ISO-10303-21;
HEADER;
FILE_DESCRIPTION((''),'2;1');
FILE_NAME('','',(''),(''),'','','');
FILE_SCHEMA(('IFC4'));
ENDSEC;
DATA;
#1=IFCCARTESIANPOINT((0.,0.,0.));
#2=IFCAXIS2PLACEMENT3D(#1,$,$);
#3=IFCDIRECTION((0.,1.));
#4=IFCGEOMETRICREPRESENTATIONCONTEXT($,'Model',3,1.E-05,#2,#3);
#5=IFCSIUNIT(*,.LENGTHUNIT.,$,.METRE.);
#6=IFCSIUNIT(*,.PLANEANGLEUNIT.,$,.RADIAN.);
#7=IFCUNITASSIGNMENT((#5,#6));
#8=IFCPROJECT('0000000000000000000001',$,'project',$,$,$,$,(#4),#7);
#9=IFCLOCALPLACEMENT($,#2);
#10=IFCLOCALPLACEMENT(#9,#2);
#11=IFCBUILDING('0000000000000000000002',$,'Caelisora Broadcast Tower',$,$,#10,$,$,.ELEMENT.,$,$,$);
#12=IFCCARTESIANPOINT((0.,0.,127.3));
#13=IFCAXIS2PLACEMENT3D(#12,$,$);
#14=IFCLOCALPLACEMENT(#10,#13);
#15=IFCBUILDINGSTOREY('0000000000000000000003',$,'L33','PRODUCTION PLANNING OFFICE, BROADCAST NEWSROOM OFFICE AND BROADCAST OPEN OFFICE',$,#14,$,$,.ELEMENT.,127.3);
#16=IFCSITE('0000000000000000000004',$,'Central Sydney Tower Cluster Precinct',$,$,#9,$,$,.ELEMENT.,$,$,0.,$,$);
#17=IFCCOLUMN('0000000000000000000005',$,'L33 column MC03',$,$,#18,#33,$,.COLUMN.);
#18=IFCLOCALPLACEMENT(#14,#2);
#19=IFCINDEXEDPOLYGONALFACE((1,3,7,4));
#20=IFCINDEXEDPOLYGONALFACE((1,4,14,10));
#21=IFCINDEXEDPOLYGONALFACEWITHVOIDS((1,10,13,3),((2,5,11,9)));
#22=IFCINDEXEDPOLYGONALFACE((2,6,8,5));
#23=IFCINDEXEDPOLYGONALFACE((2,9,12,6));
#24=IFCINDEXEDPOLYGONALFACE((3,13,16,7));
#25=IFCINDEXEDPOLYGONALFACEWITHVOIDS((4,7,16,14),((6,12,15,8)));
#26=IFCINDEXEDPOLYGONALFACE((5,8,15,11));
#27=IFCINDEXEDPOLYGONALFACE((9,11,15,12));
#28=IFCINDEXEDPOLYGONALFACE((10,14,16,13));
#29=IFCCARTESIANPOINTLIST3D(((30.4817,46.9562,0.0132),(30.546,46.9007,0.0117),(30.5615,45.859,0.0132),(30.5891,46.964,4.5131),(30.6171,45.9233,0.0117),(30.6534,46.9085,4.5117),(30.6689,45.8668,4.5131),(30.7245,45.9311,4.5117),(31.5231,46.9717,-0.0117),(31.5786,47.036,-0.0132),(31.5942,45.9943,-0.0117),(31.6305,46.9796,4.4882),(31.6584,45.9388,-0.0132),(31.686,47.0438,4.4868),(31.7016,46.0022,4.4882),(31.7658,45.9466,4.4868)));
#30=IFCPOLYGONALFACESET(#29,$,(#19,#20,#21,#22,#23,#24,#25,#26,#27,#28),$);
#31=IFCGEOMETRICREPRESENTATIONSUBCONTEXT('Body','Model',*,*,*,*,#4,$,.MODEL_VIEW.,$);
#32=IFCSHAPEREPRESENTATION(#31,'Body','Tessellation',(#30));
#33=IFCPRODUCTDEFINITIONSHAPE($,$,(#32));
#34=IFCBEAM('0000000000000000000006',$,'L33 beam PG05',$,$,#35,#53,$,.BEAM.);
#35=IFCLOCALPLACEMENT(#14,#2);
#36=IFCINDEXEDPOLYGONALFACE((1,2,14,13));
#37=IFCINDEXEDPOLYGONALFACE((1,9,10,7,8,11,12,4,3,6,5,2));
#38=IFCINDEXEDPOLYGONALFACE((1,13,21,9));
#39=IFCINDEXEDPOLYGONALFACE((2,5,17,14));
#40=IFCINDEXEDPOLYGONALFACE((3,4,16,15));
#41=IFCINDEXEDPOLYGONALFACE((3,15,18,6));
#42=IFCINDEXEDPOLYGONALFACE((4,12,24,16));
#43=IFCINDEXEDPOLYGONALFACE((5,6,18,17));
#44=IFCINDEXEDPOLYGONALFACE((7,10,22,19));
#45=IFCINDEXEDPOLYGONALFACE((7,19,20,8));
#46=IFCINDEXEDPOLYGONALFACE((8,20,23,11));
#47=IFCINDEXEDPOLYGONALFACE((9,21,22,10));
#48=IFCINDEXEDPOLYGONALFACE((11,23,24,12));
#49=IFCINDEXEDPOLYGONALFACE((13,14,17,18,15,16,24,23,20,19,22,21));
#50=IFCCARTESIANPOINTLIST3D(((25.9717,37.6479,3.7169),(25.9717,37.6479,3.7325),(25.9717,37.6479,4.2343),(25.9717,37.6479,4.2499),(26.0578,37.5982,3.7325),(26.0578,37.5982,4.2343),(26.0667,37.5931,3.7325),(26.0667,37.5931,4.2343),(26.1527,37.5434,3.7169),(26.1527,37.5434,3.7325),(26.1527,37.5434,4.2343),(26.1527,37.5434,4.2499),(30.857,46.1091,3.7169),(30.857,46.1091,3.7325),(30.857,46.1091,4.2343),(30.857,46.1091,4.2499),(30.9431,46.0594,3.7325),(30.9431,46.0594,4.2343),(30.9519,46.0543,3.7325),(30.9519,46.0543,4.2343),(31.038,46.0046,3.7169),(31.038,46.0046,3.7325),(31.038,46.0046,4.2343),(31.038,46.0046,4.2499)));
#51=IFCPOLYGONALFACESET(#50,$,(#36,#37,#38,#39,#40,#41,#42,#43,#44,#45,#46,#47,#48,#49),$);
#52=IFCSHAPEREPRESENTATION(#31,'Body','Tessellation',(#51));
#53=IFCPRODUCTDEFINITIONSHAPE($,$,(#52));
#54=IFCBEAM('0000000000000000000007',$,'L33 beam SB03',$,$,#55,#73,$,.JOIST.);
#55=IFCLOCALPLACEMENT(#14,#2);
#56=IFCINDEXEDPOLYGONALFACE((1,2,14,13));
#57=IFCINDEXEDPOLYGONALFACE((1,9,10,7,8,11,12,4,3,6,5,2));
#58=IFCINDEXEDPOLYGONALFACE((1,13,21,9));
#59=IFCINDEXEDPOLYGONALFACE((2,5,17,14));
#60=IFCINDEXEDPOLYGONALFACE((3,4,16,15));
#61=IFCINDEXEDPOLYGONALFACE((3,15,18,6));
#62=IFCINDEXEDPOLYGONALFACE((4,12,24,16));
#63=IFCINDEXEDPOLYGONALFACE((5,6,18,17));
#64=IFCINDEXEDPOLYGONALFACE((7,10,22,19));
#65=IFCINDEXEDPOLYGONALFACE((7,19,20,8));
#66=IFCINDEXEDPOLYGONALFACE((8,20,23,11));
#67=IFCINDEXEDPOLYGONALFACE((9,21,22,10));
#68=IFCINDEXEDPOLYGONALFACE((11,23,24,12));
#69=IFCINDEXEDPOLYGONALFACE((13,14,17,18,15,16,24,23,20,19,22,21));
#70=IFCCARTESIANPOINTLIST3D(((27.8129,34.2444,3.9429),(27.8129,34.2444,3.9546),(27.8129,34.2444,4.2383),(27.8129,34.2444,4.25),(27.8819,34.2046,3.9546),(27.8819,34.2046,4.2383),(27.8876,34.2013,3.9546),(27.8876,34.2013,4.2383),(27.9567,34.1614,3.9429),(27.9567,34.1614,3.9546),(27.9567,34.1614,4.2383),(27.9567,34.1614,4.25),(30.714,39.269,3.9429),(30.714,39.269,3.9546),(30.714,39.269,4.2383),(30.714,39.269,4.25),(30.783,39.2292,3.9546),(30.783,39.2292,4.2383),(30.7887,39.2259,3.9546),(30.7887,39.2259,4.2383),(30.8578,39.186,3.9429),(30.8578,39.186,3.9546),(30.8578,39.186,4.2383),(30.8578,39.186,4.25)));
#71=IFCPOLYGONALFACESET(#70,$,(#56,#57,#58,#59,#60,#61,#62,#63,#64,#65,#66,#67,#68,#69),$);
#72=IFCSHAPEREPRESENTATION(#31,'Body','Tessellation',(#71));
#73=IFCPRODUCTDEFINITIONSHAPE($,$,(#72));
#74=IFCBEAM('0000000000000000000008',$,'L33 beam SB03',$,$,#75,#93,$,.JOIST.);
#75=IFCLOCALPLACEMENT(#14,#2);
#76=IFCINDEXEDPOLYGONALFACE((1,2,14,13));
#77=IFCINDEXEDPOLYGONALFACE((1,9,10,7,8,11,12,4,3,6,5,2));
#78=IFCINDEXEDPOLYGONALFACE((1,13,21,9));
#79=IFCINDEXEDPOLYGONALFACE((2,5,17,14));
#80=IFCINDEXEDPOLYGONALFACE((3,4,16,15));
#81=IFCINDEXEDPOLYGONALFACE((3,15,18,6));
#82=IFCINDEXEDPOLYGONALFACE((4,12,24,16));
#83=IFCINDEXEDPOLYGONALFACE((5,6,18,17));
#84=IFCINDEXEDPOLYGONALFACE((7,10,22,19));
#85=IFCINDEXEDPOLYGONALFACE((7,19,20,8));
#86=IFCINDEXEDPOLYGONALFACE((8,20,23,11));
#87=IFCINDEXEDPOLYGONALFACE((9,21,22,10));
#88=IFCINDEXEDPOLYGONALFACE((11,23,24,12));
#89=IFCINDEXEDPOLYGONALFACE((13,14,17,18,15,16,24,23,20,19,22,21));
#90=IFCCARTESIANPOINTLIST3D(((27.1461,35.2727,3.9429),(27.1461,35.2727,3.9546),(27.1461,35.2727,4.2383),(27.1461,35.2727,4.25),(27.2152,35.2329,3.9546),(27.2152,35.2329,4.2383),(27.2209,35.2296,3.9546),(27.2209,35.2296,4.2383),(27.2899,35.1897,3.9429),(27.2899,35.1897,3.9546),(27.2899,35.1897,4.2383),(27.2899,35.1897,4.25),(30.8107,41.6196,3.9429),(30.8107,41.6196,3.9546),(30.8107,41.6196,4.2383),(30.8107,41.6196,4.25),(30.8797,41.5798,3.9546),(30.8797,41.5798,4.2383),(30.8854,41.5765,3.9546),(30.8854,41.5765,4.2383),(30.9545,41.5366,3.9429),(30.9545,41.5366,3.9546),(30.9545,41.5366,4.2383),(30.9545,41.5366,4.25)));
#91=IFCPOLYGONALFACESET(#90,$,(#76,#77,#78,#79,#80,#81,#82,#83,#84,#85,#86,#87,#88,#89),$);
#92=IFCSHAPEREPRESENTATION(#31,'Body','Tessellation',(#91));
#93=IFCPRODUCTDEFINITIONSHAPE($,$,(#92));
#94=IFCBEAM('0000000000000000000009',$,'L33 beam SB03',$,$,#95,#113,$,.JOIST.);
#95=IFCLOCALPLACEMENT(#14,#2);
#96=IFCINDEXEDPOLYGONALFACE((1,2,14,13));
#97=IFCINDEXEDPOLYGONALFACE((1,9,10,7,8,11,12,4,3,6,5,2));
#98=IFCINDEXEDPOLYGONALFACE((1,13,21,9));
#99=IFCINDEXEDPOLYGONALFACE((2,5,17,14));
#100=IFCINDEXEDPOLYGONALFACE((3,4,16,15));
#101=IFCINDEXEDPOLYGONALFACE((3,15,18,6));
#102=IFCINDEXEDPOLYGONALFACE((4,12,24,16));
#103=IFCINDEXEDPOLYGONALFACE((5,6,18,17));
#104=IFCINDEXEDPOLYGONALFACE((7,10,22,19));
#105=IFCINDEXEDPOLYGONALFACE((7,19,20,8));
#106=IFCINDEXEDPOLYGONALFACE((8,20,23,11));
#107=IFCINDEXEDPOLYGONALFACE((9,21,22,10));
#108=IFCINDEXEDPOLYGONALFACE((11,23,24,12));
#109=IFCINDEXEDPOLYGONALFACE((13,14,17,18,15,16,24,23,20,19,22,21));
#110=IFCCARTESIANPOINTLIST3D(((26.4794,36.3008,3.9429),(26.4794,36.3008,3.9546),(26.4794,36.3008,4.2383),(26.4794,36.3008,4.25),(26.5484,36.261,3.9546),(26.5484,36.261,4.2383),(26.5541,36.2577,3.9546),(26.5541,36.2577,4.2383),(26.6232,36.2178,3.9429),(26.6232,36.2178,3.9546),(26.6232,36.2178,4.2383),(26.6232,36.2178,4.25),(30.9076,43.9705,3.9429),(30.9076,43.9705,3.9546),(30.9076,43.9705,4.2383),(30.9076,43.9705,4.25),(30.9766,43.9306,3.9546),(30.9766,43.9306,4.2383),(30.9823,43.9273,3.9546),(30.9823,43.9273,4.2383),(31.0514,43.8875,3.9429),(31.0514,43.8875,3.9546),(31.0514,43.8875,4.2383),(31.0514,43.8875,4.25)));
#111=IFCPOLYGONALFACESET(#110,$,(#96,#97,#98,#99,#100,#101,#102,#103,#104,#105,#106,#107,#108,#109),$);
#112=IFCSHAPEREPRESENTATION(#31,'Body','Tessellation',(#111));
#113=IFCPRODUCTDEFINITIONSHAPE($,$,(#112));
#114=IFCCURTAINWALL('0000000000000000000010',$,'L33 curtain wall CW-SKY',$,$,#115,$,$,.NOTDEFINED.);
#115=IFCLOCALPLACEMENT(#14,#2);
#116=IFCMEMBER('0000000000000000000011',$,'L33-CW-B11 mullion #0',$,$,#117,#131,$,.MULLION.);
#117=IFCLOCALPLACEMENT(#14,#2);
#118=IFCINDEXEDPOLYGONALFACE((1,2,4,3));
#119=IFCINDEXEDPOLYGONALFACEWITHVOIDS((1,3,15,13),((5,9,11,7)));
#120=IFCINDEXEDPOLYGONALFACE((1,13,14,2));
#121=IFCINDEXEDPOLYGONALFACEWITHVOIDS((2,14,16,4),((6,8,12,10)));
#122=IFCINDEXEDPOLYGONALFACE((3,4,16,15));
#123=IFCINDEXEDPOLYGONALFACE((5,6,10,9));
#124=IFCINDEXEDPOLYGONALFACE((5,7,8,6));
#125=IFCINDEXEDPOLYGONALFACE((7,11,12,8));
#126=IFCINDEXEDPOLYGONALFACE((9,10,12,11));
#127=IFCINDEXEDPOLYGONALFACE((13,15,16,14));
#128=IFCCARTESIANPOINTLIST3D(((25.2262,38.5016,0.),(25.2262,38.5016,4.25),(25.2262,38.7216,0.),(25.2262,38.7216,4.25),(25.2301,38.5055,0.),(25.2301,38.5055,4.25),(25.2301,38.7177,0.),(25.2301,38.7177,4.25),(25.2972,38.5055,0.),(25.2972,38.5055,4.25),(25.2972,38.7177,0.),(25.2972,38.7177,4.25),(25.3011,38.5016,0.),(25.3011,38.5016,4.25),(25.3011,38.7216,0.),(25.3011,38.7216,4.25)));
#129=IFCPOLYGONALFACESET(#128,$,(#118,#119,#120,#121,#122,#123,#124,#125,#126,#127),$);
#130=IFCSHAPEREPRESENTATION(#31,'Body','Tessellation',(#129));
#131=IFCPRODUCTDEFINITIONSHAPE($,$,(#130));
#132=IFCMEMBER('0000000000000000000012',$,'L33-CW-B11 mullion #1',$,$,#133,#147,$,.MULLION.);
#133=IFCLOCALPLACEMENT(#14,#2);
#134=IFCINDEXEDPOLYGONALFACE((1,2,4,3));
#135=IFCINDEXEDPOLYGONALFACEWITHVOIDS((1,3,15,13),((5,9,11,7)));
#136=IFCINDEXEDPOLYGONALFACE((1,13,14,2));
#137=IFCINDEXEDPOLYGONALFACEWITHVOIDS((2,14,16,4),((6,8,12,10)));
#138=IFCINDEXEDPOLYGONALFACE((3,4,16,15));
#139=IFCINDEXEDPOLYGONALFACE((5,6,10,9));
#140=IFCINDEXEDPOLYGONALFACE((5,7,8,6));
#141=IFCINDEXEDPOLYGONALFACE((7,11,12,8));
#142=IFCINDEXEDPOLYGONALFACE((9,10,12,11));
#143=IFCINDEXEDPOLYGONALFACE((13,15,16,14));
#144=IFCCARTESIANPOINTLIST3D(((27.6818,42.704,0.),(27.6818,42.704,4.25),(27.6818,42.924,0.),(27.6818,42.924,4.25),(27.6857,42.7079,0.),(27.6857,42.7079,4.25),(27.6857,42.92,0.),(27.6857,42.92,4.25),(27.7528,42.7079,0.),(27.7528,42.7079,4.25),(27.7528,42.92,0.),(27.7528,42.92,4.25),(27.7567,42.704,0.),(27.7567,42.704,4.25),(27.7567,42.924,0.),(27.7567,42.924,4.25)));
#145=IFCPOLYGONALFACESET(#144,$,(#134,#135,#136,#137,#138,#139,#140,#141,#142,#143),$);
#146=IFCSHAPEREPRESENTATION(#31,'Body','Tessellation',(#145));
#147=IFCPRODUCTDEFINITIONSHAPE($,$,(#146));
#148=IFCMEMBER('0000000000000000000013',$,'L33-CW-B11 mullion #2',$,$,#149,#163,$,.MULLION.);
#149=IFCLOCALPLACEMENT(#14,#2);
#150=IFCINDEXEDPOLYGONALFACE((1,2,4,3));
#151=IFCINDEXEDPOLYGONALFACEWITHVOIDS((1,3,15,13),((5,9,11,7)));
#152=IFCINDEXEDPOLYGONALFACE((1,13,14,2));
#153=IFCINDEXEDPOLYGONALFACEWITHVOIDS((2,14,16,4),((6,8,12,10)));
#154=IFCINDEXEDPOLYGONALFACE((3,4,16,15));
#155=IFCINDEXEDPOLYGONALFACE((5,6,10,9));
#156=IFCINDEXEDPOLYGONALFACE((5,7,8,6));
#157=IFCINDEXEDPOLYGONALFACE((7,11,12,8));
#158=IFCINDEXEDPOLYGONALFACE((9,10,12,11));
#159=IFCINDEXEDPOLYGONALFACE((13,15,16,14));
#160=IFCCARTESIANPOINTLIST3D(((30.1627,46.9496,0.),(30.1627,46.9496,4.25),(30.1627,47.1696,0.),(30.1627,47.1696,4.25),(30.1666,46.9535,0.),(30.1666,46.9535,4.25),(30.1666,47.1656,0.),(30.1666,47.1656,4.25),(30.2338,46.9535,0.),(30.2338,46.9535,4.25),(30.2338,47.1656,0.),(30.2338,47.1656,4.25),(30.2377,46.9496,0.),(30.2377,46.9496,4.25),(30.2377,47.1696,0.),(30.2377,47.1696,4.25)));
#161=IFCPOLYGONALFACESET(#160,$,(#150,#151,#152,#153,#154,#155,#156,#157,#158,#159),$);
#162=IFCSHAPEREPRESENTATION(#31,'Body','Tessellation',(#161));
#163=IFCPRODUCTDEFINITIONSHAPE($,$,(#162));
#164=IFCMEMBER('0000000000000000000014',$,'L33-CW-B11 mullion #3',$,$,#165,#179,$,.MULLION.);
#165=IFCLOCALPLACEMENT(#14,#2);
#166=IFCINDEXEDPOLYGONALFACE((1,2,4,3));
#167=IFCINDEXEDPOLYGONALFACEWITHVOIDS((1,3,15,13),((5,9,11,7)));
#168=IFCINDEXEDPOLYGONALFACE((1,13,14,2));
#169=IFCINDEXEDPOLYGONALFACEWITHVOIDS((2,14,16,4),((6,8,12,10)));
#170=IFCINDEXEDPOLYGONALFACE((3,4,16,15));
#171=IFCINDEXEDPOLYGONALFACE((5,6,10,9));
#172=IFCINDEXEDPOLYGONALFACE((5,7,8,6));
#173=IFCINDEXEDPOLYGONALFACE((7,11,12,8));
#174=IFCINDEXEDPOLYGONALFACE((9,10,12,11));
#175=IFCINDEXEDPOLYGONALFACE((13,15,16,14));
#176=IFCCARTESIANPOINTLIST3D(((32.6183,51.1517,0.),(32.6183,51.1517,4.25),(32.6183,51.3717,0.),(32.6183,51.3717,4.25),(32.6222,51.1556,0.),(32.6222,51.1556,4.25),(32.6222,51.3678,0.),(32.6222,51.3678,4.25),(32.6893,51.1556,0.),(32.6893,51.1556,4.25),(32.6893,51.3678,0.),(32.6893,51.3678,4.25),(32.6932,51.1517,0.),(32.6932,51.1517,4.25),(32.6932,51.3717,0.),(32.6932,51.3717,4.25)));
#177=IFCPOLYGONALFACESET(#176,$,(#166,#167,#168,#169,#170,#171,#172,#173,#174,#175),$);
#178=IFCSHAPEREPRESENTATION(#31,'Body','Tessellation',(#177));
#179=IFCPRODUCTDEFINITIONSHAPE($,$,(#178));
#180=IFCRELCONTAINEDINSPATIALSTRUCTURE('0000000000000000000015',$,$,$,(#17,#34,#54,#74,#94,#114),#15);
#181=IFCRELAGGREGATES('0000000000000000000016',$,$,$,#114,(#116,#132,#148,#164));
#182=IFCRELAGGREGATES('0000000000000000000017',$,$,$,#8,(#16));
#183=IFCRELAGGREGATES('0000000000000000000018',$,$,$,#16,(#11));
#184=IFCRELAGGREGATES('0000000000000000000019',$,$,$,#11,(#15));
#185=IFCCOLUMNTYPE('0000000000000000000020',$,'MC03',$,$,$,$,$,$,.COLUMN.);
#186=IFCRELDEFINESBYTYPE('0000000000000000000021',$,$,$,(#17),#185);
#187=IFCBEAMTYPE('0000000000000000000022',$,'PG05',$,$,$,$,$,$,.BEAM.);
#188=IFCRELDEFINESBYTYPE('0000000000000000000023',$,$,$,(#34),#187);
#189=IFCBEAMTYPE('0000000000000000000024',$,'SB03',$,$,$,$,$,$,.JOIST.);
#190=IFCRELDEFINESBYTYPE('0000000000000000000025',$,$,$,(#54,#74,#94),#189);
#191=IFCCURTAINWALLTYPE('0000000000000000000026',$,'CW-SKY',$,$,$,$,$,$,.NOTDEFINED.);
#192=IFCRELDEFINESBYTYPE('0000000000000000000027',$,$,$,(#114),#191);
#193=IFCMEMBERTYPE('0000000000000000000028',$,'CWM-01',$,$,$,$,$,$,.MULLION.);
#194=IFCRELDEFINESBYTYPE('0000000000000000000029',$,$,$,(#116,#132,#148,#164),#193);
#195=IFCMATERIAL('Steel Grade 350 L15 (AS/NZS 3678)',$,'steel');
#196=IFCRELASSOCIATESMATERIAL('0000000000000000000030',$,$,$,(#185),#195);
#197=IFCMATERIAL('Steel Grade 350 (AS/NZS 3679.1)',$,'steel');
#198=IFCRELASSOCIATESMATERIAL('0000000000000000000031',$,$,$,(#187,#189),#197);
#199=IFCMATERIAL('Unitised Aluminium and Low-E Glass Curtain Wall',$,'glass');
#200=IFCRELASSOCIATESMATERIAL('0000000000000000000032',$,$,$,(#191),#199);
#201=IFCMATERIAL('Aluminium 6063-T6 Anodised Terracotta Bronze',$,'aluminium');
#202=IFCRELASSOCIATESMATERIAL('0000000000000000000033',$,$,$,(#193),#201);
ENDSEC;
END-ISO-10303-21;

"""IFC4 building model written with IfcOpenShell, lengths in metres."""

from ifc_helpers import new_model, si_unit, direction, frame, origin, origin_2d, place, context, subcontext, project, spatial, hollow_rectangle, i_section, extrude, source, transform, mapped, material, material_profile, profile_set, type_object, type_shapes, element, aggregate, save


model = new_model("IFC4")

# Units and contexts
model_context = context("Model", 3, precision=1e-05, world=origin(), true_north=direction((0.0, 1.0)))
body_context = subcontext(model_context, "Body", "Model", "MODEL_VIEW")
ifc_project = project(units=[si_unit("LENGTHUNIT", "METRE"), si_unit("PLANEANGLEUNIT", "RADIAN")], contexts=[model_context])

# Site, building, storey
site_placement = place(None, origin())
site = spatial("IfcSite", under=ifc_project, at=site_placement, Name="Central Sydney Tower Cluster Precinct", CompositionType="ELEMENT", RefElevation=0.0)
building_placement = place(site_placement, origin())
building = spatial("IfcBuilding", under=site, at=building_placement, Name="Caelisora Broadcast Tower", CompositionType="ELEMENT")
storey_placement = place(building_placement, frame((0.0, 0.0, 127.3)))
storey = spatial("IfcBuildingStorey", under=building, at=storey_placement, Name="L33", Description="PRODUCTION PLANNING OFFICE, BROADCAST NEWSROOM OFFICE AND BROADCAST OPEN OFFICE", CompositionType="ELEMENT", Elevation=127.3)

# Column
ifc_material_1 = material(Name="Steel Grade 350 L15 (AS/NZS 3678)", Category="steel")
ifc_material_profile_1 = material_profile(ifc_material_1, hollow_rectangle(XDim=1.1001, YDim=1.1001, WallThickness=0.0601, at=origin_2d()), Name="Steel Grade 350 L15 (AS/NZS 3678)")
ifc_profile_set_1 = profile_set([ifc_material_profile_1], Name="Steel Grade 350 L15 (AS/NZS 3678)")
column_type = type_object("IfcColumnType", Name="MC03", PredefinedType="COLUMN", material=ifc_profile_set_1)
shared_shape_1 = source(origin(), body_context, "Body", "SweptSolid", [
    extrude(hollow_rectangle(XDim=1.1001, YDim=1.1001, WallThickness=0.0601, at=origin_2d()), origin(), (0.0, 0.0, 1.0), 4.5012),
])
type_shapes(column_type, [shared_shape_1])
column_placement = place(storey_placement, frame((31.0701, 46.4475, 0.0), z_axis=(0.023865, 0.001736, 0.999714), x_axis=(-0.072536, 0.997366, 0.0)))
element("IfcColumn", 1, at=column_placement, inside=storey, type_object=column_type, Name="L33 column MC03", PredefinedType="COLUMN", context=body_context, shape_type="MappedRepresentation", body=[
    mapped(shared_shape_1, transform((0.0, 0.0, 0.0), scale=1.0)),
])

# Beams
ifc_material_2 = material(Name="Steel Grade 350 (AS/NZS 3679.1)", Category="steel")
ifc_material_profile_2 = material_profile(ifc_material_2, i_section(OverallWidth=0.209, OverallDepth=0.533, WebThickness=0.0103, FlangeThickness=0.0156, at=origin_2d()), Name="Steel Grade 350 (AS/NZS 3679.1)")
ifc_profile_set_2 = profile_set([ifc_material_profile_2], Name="Steel Grade 350 (AS/NZS 3679.1)")
beam_type_1 = type_object("IfcBeamType", Name="PG05", PredefinedType="BEAM", material=ifc_profile_set_2)
shared_shape_2 = source(origin(), body_context, "Body", "SweptSolid", [
    extrude(i_section(OverallWidth=0.209, OverallDepth=0.533, WebThickness=0.0103, FlangeThickness=0.0156, at=origin_2d()), origin(), (0.0, 0.0, 1.0), 9.7703),
])
type_shapes(beam_type_1, [shared_shape_2])
beam_1_placement = place(storey_placement, frame((30.9475, 46.0569, 3.9834), z_axis=(-0.500014, -0.866017, 0.0), x_axis=(0.866017, -0.500014, 0.0)))
element("IfcBeam", 2, at=beam_1_placement, inside=storey, type_object=beam_type_1, Name="L33 beam PG05", PredefinedType="BEAM", context=body_context, shape_type="MappedRepresentation", body=[
    mapped(shared_shape_2, transform((0.0, 0.0, 0.0), scale=1.0)),
])
ifc_material_profile_3 = material_profile(ifc_material_2, i_section(OverallWidth=0.166, OverallDepth=0.3071, WebThickness=0.0066, FlangeThickness=0.0117, at=origin_2d()), Name="Steel Grade 350 (AS/NZS 3679.1)")
ifc_profile_set_3 = profile_set([ifc_material_profile_3], Name="Steel Grade 350 (AS/NZS 3679.1)")
beam_type_2 = type_object("IfcBeamType", Name="SB03", PredefinedType="JOIST", material=ifc_profile_set_3)
shared_shape_3 = source(origin(), body_context, "Body", "SweptSolid", [
    extrude(i_section(OverallWidth=0.166, OverallDepth=0.3071, WebThickness=0.0066, FlangeThickness=0.0117, at=origin_2d()), origin(), (0.0, 0.0, 1.0), 5.802),
])
beam_2_placement = place(storey_placement, frame((30.7859, 39.2275, 4.0964), z_axis=(-0.500017, -0.866015, 0.0), x_axis=(0.866015, -0.500017, 0.0)))
element("IfcBeam", 3, at=beam_2_placement, inside=storey, type_object=beam_type_2, Name="L33 beam SB03", PredefinedType="JOIST", context=body_context, shape_type="MappedRepresentation", body=[
    mapped(shared_shape_3, transform((0.0, 0.0, 0.0), scale=1.0)),
])
shared_shape_4 = source(origin(), body_context, "Body", "SweptSolid", [
    extrude(i_section(OverallWidth=0.166, OverallDepth=0.3071, WebThickness=0.0066, FlangeThickness=0.0117, at=origin_2d()), origin(), (0.0, 0.0, 1.0), 7.3289),
])
beam_3_placement = place(storey_placement, frame((30.8826, 41.5781, 4.0964), z_axis=(-0.500016, -0.866016, 0.0), x_axis=(0.866016, -0.500016, 0.0)))
element("IfcBeam", 4, at=beam_3_placement, inside=storey, type_object=beam_type_2, Name="L33 beam SB03", PredefinedType="JOIST", context=body_context, shape_type="MappedRepresentation", body=[
    mapped(shared_shape_4, transform((0.0, 0.0, 0.0), scale=1.0)),
])
shared_shape_5 = source(origin(), body_context, "Body", "SweptSolid", [
    extrude(i_section(OverallWidth=0.166, OverallDepth=0.3071, WebThickness=0.0066, FlangeThickness=0.0117, at=origin_2d()), origin(), (0.0, 0.0, 1.0), 8.8562),
])
type_shapes(beam_type_2, [shared_shape_3, shared_shape_4, shared_shape_5])
beam_4_placement = place(storey_placement, frame((30.9795, 43.929, 4.0964), z_axis=(-0.500011, -0.866019, 0.0), x_axis=(0.866019, -0.500011, 0.0)))
element("IfcBeam", 5, at=beam_4_placement, inside=storey, type_object=beam_type_2, Name="L33 beam SB03", PredefinedType="JOIST", context=body_context, shape_type="MappedRepresentation", body=[
    mapped(shared_shape_5, transform((0.0, 0.0, 0.0), scale=1.0)),
])

# Curtain wall, members
ifc_material_3 = material(Name="Unitised Aluminium and Low-E Glass Curtain Wall", Category="glass")
curtain_wall_type = type_object("IfcCurtainWallType", Name="CW-SKY", PredefinedType="NOTDEFINED", material=ifc_material_3)
curtain_wall_placement = place(storey_placement, origin())
curtain_wall = element("IfcCurtainWall", 6, at=curtain_wall_placement, inside=storey, type_object=curtain_wall_type, Name="L33 curtain wall CW-SKY", PredefinedType="NOTDEFINED")
ifc_material_4 = material(Name="Aluminium 6063-T6 Anodised Terracotta Bronze", Category="aluminium")
ifc_material_profile_4 = material_profile(ifc_material_4, hollow_rectangle(XDim=0.075, YDim=0.22, WallThickness=0.0039, at=origin_2d()), Name="Aluminium 6063-T6 Anodised Terracotta Bronze")
ifc_profile_set_4 = profile_set([ifc_material_profile_4], Name="Aluminium 6063-T6 Anodised Terracotta Bronze")
member_type_1 = type_object("IfcMemberType", Name="CWM-01", PredefinedType="MULLION", material=ifc_profile_set_4)
shared_shape_6 = source(origin(), body_context, "Body", "SweptSolid", [
    extrude(hollow_rectangle(XDim=0.075, YDim=0.22, WallThickness=0.0039, at=origin_2d()), origin(), (0.0, 0.0, 1.0), 4.25),
])
type_shapes(member_type_1, [shared_shape_6])
member_1_placement = place(storey_placement, frame((25.2637, 38.6116, 0.0), z_axis=(0.0, 0.0, 1.0), x_axis=(1.0, 0.0, 0.0)))
member_1 = element("IfcMember", 7, at=member_1_placement, type_object=member_type_1, Name="L33-CW-B11 mullion #0", PredefinedType="MULLION", context=body_context, shape_type="MappedRepresentation", body=[
    mapped(shared_shape_6, transform((0.0, 0.0, 0.0), scale=1.0)),
])
member_2_placement = place(storey_placement, frame((27.7192, 42.814, 0.0), z_axis=(0.0, 0.0, 1.0), x_axis=(1.0, 0.0, 0.0)))
member_2 = element("IfcMember", 8, at=member_2_placement, type_object=member_type_1, Name="L33-CW-B11 mullion #1", PredefinedType="MULLION", context=body_context, shape_type="MappedRepresentation", body=[
    mapped(shared_shape_6, transform((0.0, 0.0, 0.0), scale=1.0)),
])
member_3_placement = place(storey_placement, frame((30.2002, 47.0596, 0.0), z_axis=(0.0, 0.0, 1.0), x_axis=(1.0, 0.0, 0.0)))
member_3 = element("IfcMember", 9, at=member_3_placement, type_object=member_type_1, Name="L33-CW-B11 mullion #2", PredefinedType="MULLION", context=body_context, shape_type="MappedRepresentation", body=[
    mapped(shared_shape_6, transform((0.0, 0.0, 0.0), scale=1.0)),
])
member_4_placement = place(storey_placement, frame((32.6558, 51.2617, 0.0), z_axis=(0.0, 0.0, 1.0), x_axis=(1.0, 0.0, 0.0)))
member_4 = element("IfcMember", 10, at=member_4_placement, type_object=member_type_1, Name="L33-CW-B11 mullion #3", PredefinedType="MULLION", context=body_context, shape_type="MappedRepresentation", body=[
    mapped(shared_shape_6, transform((0.0, 0.0, 0.0), scale=1.0)),
])
aggregate(curtain_wall, [member_1, member_2, member_3, member_4])

save(model, "model.ifc")
